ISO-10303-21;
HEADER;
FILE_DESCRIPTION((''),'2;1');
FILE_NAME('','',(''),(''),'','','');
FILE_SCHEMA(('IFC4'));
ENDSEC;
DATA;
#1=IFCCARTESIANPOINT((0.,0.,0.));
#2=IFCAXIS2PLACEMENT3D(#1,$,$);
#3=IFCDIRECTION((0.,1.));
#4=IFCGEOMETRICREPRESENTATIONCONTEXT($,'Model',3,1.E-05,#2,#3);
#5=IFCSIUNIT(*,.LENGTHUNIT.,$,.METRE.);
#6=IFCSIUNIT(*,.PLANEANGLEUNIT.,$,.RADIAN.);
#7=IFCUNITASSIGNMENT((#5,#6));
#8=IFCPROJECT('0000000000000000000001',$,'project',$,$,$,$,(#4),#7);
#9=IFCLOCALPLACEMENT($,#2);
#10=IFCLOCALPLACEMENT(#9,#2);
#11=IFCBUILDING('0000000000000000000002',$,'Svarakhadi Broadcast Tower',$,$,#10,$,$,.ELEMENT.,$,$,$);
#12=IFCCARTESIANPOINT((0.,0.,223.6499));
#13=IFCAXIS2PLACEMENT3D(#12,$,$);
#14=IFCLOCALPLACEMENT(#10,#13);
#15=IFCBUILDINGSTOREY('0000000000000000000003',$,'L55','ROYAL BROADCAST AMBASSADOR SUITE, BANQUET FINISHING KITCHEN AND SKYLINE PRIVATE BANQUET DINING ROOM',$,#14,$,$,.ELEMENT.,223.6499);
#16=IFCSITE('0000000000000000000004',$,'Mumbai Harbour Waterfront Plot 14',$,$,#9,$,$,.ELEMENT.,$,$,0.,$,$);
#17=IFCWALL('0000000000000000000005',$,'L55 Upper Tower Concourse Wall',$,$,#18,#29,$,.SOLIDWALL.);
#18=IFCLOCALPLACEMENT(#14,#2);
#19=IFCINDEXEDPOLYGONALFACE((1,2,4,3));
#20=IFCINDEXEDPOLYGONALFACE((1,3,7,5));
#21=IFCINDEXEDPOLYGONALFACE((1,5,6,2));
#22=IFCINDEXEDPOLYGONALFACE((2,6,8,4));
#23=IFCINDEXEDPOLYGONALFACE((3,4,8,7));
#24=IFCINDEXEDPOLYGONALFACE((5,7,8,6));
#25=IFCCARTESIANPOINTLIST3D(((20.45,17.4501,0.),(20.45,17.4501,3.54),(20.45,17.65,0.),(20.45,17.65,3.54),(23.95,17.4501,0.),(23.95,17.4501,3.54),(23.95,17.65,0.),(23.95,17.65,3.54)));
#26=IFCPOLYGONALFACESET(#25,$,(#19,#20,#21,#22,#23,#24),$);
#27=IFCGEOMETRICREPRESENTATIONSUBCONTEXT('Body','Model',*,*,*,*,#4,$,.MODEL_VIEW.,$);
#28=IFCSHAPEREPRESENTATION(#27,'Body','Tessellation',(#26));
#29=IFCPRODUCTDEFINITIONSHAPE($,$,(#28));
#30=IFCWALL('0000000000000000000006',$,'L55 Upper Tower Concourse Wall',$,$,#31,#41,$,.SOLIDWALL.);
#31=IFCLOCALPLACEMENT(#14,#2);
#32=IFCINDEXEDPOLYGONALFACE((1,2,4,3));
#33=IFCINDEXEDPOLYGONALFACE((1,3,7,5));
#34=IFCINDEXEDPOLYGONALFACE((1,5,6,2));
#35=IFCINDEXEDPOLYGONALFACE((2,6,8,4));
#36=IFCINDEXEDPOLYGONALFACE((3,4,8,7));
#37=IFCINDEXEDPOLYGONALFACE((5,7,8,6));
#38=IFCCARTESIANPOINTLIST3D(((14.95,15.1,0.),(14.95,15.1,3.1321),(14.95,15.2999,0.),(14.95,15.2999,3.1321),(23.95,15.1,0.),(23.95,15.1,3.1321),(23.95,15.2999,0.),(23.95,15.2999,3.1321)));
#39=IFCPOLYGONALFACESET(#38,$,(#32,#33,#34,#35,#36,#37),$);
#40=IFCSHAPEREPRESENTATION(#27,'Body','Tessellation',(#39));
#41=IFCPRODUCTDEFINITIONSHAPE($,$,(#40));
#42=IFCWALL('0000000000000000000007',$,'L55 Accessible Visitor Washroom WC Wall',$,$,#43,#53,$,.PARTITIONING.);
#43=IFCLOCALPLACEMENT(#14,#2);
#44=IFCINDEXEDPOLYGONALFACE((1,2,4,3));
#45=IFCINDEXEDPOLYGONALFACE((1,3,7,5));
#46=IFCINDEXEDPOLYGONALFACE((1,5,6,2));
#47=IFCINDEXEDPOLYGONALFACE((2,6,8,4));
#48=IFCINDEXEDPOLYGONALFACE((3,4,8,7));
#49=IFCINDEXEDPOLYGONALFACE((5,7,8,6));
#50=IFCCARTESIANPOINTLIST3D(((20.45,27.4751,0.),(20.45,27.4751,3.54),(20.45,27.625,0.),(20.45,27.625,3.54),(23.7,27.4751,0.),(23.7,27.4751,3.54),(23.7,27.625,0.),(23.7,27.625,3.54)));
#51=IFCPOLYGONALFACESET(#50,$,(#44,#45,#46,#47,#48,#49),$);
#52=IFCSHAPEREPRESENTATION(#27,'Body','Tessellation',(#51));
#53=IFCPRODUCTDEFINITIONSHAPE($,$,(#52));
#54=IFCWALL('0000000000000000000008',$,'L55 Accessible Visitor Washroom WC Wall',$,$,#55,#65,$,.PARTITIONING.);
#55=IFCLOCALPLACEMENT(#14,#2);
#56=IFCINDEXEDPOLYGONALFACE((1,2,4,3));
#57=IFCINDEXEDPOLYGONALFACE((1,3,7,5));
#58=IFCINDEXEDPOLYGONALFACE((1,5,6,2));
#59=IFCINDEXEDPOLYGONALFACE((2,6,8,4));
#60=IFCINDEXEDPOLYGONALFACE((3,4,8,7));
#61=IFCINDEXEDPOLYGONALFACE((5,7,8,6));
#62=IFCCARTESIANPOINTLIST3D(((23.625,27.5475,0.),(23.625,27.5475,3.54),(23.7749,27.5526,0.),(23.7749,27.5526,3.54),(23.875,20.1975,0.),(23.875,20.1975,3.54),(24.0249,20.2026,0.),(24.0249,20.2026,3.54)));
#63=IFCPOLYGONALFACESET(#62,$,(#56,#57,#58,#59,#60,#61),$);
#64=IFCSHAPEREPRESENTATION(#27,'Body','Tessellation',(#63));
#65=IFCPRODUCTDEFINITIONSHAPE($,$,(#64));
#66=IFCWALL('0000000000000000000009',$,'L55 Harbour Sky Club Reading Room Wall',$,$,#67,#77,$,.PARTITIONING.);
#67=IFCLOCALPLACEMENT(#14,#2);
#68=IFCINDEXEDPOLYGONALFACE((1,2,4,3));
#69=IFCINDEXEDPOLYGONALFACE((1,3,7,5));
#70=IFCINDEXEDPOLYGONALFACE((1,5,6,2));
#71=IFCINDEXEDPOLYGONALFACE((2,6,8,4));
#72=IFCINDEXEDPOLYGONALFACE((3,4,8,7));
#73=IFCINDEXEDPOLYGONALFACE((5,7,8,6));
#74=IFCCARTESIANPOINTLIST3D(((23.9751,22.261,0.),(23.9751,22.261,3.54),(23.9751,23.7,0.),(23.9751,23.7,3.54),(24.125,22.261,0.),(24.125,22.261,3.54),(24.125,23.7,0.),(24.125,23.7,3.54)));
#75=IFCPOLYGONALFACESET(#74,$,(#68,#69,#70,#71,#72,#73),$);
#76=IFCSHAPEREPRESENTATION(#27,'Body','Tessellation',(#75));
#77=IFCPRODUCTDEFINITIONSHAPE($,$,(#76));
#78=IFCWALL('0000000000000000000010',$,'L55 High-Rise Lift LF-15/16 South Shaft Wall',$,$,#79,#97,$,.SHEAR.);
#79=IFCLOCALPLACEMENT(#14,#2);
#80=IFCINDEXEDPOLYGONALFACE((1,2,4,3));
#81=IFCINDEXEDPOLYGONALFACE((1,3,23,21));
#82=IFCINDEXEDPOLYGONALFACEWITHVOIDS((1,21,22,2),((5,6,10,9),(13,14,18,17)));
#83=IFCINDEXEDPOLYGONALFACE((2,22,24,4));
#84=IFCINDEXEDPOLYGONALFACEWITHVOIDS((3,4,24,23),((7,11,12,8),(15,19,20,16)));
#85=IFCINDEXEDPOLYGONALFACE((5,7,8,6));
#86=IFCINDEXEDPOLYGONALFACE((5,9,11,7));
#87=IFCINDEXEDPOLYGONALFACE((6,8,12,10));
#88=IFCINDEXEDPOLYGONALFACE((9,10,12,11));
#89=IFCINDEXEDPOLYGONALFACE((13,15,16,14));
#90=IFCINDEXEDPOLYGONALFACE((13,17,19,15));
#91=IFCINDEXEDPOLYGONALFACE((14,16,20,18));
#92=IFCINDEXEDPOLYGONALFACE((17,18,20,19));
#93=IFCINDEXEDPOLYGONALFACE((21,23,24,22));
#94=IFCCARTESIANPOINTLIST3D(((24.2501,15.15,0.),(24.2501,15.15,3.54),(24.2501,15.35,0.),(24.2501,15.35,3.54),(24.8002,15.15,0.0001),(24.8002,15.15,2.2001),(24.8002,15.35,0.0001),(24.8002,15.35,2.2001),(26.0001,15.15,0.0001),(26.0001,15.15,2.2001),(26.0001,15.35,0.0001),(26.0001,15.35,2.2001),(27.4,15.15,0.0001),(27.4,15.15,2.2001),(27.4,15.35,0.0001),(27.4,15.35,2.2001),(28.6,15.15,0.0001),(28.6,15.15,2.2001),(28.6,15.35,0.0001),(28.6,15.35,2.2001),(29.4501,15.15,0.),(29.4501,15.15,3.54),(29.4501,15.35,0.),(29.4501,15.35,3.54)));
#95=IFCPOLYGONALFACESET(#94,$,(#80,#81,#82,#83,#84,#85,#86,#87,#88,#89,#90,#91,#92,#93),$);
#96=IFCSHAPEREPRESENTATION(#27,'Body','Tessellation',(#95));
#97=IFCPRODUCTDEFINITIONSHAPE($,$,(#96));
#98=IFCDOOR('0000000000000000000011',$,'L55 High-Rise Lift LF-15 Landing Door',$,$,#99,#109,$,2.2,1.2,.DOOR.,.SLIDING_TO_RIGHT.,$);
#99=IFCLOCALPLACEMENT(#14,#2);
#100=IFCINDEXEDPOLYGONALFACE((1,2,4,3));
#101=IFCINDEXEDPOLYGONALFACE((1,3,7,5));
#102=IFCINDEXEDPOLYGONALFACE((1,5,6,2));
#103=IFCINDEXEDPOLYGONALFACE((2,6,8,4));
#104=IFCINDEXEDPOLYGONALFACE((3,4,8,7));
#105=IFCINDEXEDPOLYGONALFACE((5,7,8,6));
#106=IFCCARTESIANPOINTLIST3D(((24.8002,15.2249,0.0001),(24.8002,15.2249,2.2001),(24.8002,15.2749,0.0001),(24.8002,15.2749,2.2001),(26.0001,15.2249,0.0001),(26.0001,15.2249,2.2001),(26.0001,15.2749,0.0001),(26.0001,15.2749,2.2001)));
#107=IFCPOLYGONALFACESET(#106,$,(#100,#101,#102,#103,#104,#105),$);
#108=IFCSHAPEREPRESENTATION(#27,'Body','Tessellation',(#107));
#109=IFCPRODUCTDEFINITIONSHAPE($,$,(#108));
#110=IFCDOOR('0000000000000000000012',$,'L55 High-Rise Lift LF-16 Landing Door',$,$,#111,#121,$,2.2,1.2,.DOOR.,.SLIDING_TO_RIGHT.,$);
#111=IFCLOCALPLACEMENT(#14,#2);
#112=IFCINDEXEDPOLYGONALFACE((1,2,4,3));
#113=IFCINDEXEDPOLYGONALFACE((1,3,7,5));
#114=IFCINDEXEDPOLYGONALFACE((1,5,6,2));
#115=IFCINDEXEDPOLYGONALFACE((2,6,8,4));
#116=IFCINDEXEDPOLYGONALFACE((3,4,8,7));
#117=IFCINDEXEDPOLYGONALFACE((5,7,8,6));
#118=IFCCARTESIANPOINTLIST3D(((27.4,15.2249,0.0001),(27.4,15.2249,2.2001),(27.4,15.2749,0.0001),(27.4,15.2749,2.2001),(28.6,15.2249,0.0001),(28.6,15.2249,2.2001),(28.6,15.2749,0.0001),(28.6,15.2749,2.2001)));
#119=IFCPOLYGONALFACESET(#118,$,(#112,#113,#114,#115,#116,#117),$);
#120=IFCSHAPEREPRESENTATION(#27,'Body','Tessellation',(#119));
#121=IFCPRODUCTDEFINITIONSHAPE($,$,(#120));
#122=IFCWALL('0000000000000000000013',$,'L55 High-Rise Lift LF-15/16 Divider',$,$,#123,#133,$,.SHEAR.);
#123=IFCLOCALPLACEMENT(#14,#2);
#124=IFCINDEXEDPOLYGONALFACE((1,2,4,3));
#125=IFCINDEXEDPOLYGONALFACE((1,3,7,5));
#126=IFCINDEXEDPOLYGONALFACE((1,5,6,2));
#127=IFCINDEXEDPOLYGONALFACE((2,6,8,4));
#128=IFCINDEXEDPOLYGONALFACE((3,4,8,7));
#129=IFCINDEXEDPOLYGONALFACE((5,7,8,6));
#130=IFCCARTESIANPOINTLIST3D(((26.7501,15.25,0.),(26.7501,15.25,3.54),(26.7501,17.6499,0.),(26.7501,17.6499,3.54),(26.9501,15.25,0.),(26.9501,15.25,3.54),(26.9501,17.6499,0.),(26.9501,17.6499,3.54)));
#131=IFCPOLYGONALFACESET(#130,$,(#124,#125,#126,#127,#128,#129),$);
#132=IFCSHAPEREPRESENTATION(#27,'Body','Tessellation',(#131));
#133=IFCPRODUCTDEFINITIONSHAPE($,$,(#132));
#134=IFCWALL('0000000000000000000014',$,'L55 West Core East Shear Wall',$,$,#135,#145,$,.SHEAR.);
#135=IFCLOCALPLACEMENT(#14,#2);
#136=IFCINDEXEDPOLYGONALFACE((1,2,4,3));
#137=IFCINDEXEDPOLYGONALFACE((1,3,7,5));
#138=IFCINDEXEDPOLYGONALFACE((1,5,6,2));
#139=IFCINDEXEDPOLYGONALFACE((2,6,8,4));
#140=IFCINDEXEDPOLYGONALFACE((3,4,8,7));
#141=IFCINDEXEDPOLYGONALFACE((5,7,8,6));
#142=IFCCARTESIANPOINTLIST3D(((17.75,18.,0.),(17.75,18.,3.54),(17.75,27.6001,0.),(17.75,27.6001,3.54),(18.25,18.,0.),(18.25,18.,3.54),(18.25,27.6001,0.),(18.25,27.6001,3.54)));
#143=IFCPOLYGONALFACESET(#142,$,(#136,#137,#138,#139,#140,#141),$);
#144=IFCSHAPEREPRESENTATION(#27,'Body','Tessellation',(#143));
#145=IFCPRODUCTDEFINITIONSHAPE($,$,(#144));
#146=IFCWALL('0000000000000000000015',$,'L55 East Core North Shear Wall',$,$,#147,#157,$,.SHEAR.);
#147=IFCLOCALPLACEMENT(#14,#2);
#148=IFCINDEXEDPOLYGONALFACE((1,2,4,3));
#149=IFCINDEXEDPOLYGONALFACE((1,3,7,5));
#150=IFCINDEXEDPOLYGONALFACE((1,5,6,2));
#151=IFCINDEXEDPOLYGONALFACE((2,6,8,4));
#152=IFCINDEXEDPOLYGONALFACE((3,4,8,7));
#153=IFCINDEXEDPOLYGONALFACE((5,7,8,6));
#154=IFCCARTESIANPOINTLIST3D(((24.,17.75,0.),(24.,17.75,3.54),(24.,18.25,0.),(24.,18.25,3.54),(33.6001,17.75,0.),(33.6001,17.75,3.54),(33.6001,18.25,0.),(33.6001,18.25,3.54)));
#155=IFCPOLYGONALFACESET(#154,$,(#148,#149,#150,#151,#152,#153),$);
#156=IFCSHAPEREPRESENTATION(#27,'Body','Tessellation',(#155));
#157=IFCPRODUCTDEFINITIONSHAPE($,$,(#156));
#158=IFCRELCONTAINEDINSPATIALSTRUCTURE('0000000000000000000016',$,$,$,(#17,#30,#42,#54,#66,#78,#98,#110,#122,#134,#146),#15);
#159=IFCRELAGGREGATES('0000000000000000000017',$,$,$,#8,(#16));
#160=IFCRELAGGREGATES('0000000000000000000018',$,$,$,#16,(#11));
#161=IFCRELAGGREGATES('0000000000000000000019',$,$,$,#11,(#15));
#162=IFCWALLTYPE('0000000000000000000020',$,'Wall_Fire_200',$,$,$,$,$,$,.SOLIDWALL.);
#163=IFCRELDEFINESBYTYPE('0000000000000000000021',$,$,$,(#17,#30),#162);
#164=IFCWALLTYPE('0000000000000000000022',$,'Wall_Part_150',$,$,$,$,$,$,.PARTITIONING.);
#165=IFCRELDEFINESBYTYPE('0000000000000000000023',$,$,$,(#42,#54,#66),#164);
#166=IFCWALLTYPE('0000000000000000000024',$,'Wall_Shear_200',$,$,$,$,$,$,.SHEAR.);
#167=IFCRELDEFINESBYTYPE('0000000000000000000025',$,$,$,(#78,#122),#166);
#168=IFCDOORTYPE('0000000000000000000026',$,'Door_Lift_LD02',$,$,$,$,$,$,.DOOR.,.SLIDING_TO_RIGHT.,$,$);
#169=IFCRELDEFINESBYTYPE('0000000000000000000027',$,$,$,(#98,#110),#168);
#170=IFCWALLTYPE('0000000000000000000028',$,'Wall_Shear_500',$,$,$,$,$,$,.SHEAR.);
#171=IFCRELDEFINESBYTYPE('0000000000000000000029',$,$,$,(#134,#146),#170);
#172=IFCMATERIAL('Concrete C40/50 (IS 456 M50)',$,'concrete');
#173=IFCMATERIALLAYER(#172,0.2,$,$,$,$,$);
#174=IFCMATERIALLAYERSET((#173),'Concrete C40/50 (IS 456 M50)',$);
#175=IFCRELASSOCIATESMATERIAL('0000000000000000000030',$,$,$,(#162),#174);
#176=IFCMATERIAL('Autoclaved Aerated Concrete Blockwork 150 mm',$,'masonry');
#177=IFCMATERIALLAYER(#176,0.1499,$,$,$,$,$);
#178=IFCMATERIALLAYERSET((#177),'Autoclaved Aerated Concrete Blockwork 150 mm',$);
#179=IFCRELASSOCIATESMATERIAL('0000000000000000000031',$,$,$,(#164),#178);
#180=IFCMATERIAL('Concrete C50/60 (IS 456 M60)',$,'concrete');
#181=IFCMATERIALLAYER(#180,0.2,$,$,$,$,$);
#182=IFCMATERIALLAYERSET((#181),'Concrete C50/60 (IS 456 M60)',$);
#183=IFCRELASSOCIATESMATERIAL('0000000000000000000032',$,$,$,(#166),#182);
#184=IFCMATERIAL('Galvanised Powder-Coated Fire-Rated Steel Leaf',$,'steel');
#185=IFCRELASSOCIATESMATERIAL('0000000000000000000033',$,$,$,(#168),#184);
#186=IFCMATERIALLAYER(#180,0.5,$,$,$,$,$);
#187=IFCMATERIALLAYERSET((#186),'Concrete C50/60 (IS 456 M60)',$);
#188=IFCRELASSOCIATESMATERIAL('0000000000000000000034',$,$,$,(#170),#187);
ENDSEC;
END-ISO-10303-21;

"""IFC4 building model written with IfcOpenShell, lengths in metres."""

from ifc_helpers import new_model, si_unit, direction, frame, frame_2d, origin, place, context, subcontext, project, spatial, rectangle, extrude, material, layer, layer_set, type_object, element, fill, save


model = new_model("IFC4")

# Units and contexts
model_context = context("Model", 3, precision=1e-05, world=origin(), true_north=direction((0.0, 1.0)))
body_context = subcontext(model_context, "Body", "Model", "MODEL_VIEW")
ifc_project = project(units=[si_unit("LENGTHUNIT", "METRE"), si_unit("PLANEANGLEUNIT", "RADIAN")], contexts=[model_context])

# Site, building, storey
site_placement = place(None, origin())
site = spatial("IfcSite", under=ifc_project, at=site_placement, Name="Mumbai Harbour Waterfront Plot 14", CompositionType="ELEMENT", RefElevation=0.0)
building_placement = place(site_placement, origin())
building = spatial("IfcBuilding", under=site, at=building_placement, Name="Svarakhadi Broadcast Tower", CompositionType="ELEMENT")
storey_placement = place(building_placement, frame((0.0, 0.0, 223.6499)))
storey = spatial("IfcBuildingStorey", under=building, at=storey_placement, Name="L55", Description="ROYAL BROADCAST AMBASSADOR SUITE, BANQUET FINISHING KITCHEN AND SKYLINE PRIVATE BANQUET DINING ROOM", CompositionType="ELEMENT", Elevation=223.6499)

# Shared definitions
ifc_material_1 = material(Name="Concrete C50/60 (IS 456 M60)", Category="concrete")

# Shared definitions
ifc_material_2 = material(Name="Concrete C40/50 (IS 456 M50)", Category="concrete")
ifc_layer_1 = layer(ifc_material_2, 0.2)
ifc_layer_set_1 = layer_set([ifc_layer_1], Name="Concrete C40/50 (IS 456 M50)")
wall_type_1 = type_object("IfcWallType", Name="Wall_Fire_200", PredefinedType="SOLIDWALL", material=ifc_layer_set_1)

# Walls
wall_1_placement = place(storey_placement, frame((20.45, 17.55, 0.0), z_axis=(0.0, 0.0, 1.0), x_axis=(1.0, 0.0, 0.0)))
element("IfcWall", 1, at=wall_1_placement, inside=storey, type_object=wall_type_1, Name="L55 Upper Tower Concourse Wall", PredefinedType="SOLIDWALL", context=body_context, shape_type="SweptSolid", body=[
    extrude(rectangle(XDim=3.5, YDim=0.2, at=frame_2d((1.75, 0.0))), origin(), (0.0, 0.0, 1.0), 3.54),
])
wall_2_placement = place(storey_placement, frame((23.95, 15.2, 0.0), z_axis=(0.0, 0.0, 1.0), x_axis=(-1.0, 0.0, 0.0)))
element("IfcWall", 2, at=wall_2_placement, inside=storey, type_object=wall_type_1, Name="L55 Upper Tower Concourse Wall", PredefinedType="SOLIDWALL", context=body_context, shape_type="SweptSolid", body=[
    extrude(rectangle(XDim=9.0, YDim=0.2, at=frame_2d((4.5, 0.0))), origin(), (0.0, 0.0, 1.0), 3.1321),
])
ifc_material_3 = material(Name="Autoclaved Aerated Concrete Blockwork 150 mm", Category="masonry")
ifc_layer_2 = layer(ifc_material_3, 0.1499)
ifc_layer_set_2 = layer_set([ifc_layer_2], Name="Autoclaved Aerated Concrete Blockwork 150 mm")
wall_type_2 = type_object("IfcWallType", Name="Wall_Part_150", PredefinedType="PARTITIONING", material=ifc_layer_set_2)
wall_3_placement = place(storey_placement, frame((20.45, 27.55, 0.0), z_axis=(0.0, 0.0, 1.0), x_axis=(1.0, 0.0, 0.0)))
element("IfcWall", 3, at=wall_3_placement, inside=storey, type_object=wall_type_2, Name="L55 Accessible Visitor Washroom WC Wall", PredefinedType="PARTITIONING", context=body_context, shape_type="SweptSolid", body=[
    extrude(rectangle(XDim=3.25, YDim=0.1499, at=frame_2d((1.625, 0.0))), origin(), (0.0, 0.0, 1.0), 3.54),
])
wall_4_placement = place(storey_placement, frame((23.95, 20.2, 0.0), z_axis=(0.0, 0.0, 1.0), x_axis=(-0.033993, 0.999422, 0.0)))
element("IfcWall", 4, at=wall_4_placement, inside=storey, type_object=wall_type_2, Name="L55 Accessible Visitor Washroom WC Wall", PredefinedType="PARTITIONING", context=body_context, shape_type="SweptSolid", body=[
    extrude(rectangle(XDim=7.3542, YDim=0.1499, at=frame_2d((3.6772, 0.0))), origin(), (0.0, 0.0, 1.0), 3.54),
])
wall_5_placement = place(storey_placement, frame((24.05, 22.261, 0.0), z_axis=(0.0, 0.0, 1.0), x_axis=(0.0, 1.0, 0.0)))
element("IfcWall", 5, at=wall_5_placement, inside=storey, type_object=wall_type_2, Name="L55 Harbour Sky Club Reading Room Wall", PredefinedType="PARTITIONING", context=body_context, shape_type="SweptSolid", body=[
    extrude(rectangle(XDim=1.439, YDim=0.1499, at=frame_2d((0.7195, 0.0))), origin(), (0.0, 0.0, 1.0), 3.54),
])

# Shared definitions
ifc_layer_3 = layer(ifc_material_1, 0.2)
ifc_layer_set_3 = layer_set([ifc_layer_3], Name="Concrete C50/60 (IS 456 M60)")
wall_type_3 = type_object("IfcWallType", Name="Wall_Shear_200", PredefinedType="SHEAR", material=ifc_layer_set_3)
ifc_material_4 = material(Name="Galvanised Powder-Coated Fire-Rated Steel Leaf", Category="steel")

# Wall, openings, doors
wall_6_placement = place(storey_placement, frame((24.25, 15.25, 0.0), z_axis=(0.0, 0.0, 1.0), x_axis=(1.0, 0.0, 0.0)))
wall_6 = element("IfcWall", 6, at=wall_6_placement, inside=storey, type_object=wall_type_3, Name="L55 High-Rise Lift LF-15/16 South Shaft Wall", PredefinedType="SHEAR", context=body_context, shape_type="SweptSolid", body=[
    extrude(rectangle(XDim=5.2, YDim=0.2, at=frame_2d((2.6001, 0.0))), origin(), (0.0, 0.0, 1.0), 3.54),
])
opening_1_placement = place(wall_6_placement, frame((0.55, 0.0, 0.0)))
opening_1 = element("IfcOpeningElement", 7, at=opening_1_placement, cuts=wall_6, PredefinedType="OPENING", context=body_context, shape_type="SweptSolid", body=[
    extrude(rectangle(XDim=1.2, YDim=2.2, at=frame_2d((0.6001, 1.1001))), frame((0.0, 0.1099, 0.0), z_axis=(0.0, -1.0, 0.0), x_axis=(1.0, 0.0, 0.0)), (0.0, 0.0, 1.0), 0.22),
])
opening_2_placement = place(wall_6_placement, frame((3.1499, 0.0, 0.0)))
opening_2 = element("IfcOpeningElement", 8, at=opening_2_placement, cuts=wall_6, PredefinedType="OPENING", context=body_context, shape_type="SweptSolid", body=[
    extrude(rectangle(XDim=1.2, YDim=2.2, at=frame_2d((0.6001, 1.1001))), frame((0.0, 0.1099, 0.0), z_axis=(0.0, -1.0, 0.0), x_axis=(1.0, 0.0, 0.0)), (0.0, 0.0, 1.0), 0.22),
])
door_type_1 = type_object("IfcDoorType", Name="Door_Lift_LD02", OperationType="SLIDING_TO_RIGHT", PredefinedType="DOOR", material=ifc_material_4)
door_1_placement = place(opening_1_placement, origin())
door_1 = element("IfcDoor", 9, at=door_1_placement, inside=storey, type_object=door_type_1, Name="L55 High-Rise Lift LF-15 Landing Door", OperationType="SLIDING_TO_RIGHT", OverallHeight=2.2, OverallWidth=1.2, PredefinedType="DOOR", context=body_context, shape_type="SweptSolid", body=[
    extrude(rectangle(XDim=1.2, YDim=2.2, at=frame_2d((0.6001, 1.1001))), frame((0.0, 0.0249, 0.0), z_axis=(0.0, -1.0, 0.0), x_axis=(1.0, 0.0, 0.0)), (0.0, 0.0, 1.0), 0.05),
])
fill(opening_1, door_1)
door_2_placement = place(opening_2_placement, origin())
door_2 = element("IfcDoor", 10, at=door_2_placement, inside=storey, type_object=door_type_1, Name="L55 High-Rise Lift LF-16 Landing Door", OperationType="SLIDING_TO_RIGHT", OverallHeight=2.2, OverallWidth=1.2, PredefinedType="DOOR", context=body_context, shape_type="SweptSolid", body=[
    extrude(rectangle(XDim=1.2, YDim=2.2, at=frame_2d((0.6001, 1.1001))), frame((0.0, 0.0249, 0.0), z_axis=(0.0, -1.0, 0.0), x_axis=(1.0, 0.0, 0.0)), (0.0, 0.0, 1.0), 0.05),
])
fill(opening_2, door_2)

# Walls
wall_7_placement = place(storey_placement, frame((26.8501, 15.25, 0.0), z_axis=(0.0, 0.0, 1.0), x_axis=(0.0, 1.0, 0.0)))
element("IfcWall", 11, at=wall_7_placement, inside=storey, type_object=wall_type_3, Name="L55 High-Rise Lift LF-15/16 Divider", PredefinedType="SHEAR", context=body_context, shape_type="SweptSolid", body=[
    extrude(rectangle(XDim=2.3999, YDim=0.2, at=frame_2d((1.2, 0.0))), origin(), (0.0, 0.0, 1.0), 3.54),
])
ifc_layer_4 = layer(ifc_material_1, 0.5)
ifc_layer_set_4 = layer_set([ifc_layer_4], Name="Concrete C50/60 (IS 456 M60)")
wall_type_4 = type_object("IfcWallType", Name="Wall_Shear_500", PredefinedType="SHEAR", material=ifc_layer_set_4)
for number, where, z_axis, x_axis, name in (
    (12, (18.0, 18.0, 0.0), (0.0, 0.0, 1.0), (0.0, 1.0, 0.0), "L55 West Core East Shear Wall"),
    (13, (24.0, 18.0, 0.0), (0.0, 0.0, 1.0), (1.0, 0.0, 0.0), "L55 East Core North Shear Wall"),
):
    element("IfcWall", number, at=place(storey_placement, frame(where, z_axis=z_axis, x_axis=x_axis)), inside=storey, type_object=wall_type_4, Name=name, PredefinedType="SHEAR", context=body_context, shape_type="SweptSolid", body=[
        extrude(rectangle(XDim=9.6001, YDim=0.5, at=frame_2d((4.8, 0.0))), origin(), (0.0, 0.0, 1.0), 3.54),
    ])

save(model, "model.ifc")
